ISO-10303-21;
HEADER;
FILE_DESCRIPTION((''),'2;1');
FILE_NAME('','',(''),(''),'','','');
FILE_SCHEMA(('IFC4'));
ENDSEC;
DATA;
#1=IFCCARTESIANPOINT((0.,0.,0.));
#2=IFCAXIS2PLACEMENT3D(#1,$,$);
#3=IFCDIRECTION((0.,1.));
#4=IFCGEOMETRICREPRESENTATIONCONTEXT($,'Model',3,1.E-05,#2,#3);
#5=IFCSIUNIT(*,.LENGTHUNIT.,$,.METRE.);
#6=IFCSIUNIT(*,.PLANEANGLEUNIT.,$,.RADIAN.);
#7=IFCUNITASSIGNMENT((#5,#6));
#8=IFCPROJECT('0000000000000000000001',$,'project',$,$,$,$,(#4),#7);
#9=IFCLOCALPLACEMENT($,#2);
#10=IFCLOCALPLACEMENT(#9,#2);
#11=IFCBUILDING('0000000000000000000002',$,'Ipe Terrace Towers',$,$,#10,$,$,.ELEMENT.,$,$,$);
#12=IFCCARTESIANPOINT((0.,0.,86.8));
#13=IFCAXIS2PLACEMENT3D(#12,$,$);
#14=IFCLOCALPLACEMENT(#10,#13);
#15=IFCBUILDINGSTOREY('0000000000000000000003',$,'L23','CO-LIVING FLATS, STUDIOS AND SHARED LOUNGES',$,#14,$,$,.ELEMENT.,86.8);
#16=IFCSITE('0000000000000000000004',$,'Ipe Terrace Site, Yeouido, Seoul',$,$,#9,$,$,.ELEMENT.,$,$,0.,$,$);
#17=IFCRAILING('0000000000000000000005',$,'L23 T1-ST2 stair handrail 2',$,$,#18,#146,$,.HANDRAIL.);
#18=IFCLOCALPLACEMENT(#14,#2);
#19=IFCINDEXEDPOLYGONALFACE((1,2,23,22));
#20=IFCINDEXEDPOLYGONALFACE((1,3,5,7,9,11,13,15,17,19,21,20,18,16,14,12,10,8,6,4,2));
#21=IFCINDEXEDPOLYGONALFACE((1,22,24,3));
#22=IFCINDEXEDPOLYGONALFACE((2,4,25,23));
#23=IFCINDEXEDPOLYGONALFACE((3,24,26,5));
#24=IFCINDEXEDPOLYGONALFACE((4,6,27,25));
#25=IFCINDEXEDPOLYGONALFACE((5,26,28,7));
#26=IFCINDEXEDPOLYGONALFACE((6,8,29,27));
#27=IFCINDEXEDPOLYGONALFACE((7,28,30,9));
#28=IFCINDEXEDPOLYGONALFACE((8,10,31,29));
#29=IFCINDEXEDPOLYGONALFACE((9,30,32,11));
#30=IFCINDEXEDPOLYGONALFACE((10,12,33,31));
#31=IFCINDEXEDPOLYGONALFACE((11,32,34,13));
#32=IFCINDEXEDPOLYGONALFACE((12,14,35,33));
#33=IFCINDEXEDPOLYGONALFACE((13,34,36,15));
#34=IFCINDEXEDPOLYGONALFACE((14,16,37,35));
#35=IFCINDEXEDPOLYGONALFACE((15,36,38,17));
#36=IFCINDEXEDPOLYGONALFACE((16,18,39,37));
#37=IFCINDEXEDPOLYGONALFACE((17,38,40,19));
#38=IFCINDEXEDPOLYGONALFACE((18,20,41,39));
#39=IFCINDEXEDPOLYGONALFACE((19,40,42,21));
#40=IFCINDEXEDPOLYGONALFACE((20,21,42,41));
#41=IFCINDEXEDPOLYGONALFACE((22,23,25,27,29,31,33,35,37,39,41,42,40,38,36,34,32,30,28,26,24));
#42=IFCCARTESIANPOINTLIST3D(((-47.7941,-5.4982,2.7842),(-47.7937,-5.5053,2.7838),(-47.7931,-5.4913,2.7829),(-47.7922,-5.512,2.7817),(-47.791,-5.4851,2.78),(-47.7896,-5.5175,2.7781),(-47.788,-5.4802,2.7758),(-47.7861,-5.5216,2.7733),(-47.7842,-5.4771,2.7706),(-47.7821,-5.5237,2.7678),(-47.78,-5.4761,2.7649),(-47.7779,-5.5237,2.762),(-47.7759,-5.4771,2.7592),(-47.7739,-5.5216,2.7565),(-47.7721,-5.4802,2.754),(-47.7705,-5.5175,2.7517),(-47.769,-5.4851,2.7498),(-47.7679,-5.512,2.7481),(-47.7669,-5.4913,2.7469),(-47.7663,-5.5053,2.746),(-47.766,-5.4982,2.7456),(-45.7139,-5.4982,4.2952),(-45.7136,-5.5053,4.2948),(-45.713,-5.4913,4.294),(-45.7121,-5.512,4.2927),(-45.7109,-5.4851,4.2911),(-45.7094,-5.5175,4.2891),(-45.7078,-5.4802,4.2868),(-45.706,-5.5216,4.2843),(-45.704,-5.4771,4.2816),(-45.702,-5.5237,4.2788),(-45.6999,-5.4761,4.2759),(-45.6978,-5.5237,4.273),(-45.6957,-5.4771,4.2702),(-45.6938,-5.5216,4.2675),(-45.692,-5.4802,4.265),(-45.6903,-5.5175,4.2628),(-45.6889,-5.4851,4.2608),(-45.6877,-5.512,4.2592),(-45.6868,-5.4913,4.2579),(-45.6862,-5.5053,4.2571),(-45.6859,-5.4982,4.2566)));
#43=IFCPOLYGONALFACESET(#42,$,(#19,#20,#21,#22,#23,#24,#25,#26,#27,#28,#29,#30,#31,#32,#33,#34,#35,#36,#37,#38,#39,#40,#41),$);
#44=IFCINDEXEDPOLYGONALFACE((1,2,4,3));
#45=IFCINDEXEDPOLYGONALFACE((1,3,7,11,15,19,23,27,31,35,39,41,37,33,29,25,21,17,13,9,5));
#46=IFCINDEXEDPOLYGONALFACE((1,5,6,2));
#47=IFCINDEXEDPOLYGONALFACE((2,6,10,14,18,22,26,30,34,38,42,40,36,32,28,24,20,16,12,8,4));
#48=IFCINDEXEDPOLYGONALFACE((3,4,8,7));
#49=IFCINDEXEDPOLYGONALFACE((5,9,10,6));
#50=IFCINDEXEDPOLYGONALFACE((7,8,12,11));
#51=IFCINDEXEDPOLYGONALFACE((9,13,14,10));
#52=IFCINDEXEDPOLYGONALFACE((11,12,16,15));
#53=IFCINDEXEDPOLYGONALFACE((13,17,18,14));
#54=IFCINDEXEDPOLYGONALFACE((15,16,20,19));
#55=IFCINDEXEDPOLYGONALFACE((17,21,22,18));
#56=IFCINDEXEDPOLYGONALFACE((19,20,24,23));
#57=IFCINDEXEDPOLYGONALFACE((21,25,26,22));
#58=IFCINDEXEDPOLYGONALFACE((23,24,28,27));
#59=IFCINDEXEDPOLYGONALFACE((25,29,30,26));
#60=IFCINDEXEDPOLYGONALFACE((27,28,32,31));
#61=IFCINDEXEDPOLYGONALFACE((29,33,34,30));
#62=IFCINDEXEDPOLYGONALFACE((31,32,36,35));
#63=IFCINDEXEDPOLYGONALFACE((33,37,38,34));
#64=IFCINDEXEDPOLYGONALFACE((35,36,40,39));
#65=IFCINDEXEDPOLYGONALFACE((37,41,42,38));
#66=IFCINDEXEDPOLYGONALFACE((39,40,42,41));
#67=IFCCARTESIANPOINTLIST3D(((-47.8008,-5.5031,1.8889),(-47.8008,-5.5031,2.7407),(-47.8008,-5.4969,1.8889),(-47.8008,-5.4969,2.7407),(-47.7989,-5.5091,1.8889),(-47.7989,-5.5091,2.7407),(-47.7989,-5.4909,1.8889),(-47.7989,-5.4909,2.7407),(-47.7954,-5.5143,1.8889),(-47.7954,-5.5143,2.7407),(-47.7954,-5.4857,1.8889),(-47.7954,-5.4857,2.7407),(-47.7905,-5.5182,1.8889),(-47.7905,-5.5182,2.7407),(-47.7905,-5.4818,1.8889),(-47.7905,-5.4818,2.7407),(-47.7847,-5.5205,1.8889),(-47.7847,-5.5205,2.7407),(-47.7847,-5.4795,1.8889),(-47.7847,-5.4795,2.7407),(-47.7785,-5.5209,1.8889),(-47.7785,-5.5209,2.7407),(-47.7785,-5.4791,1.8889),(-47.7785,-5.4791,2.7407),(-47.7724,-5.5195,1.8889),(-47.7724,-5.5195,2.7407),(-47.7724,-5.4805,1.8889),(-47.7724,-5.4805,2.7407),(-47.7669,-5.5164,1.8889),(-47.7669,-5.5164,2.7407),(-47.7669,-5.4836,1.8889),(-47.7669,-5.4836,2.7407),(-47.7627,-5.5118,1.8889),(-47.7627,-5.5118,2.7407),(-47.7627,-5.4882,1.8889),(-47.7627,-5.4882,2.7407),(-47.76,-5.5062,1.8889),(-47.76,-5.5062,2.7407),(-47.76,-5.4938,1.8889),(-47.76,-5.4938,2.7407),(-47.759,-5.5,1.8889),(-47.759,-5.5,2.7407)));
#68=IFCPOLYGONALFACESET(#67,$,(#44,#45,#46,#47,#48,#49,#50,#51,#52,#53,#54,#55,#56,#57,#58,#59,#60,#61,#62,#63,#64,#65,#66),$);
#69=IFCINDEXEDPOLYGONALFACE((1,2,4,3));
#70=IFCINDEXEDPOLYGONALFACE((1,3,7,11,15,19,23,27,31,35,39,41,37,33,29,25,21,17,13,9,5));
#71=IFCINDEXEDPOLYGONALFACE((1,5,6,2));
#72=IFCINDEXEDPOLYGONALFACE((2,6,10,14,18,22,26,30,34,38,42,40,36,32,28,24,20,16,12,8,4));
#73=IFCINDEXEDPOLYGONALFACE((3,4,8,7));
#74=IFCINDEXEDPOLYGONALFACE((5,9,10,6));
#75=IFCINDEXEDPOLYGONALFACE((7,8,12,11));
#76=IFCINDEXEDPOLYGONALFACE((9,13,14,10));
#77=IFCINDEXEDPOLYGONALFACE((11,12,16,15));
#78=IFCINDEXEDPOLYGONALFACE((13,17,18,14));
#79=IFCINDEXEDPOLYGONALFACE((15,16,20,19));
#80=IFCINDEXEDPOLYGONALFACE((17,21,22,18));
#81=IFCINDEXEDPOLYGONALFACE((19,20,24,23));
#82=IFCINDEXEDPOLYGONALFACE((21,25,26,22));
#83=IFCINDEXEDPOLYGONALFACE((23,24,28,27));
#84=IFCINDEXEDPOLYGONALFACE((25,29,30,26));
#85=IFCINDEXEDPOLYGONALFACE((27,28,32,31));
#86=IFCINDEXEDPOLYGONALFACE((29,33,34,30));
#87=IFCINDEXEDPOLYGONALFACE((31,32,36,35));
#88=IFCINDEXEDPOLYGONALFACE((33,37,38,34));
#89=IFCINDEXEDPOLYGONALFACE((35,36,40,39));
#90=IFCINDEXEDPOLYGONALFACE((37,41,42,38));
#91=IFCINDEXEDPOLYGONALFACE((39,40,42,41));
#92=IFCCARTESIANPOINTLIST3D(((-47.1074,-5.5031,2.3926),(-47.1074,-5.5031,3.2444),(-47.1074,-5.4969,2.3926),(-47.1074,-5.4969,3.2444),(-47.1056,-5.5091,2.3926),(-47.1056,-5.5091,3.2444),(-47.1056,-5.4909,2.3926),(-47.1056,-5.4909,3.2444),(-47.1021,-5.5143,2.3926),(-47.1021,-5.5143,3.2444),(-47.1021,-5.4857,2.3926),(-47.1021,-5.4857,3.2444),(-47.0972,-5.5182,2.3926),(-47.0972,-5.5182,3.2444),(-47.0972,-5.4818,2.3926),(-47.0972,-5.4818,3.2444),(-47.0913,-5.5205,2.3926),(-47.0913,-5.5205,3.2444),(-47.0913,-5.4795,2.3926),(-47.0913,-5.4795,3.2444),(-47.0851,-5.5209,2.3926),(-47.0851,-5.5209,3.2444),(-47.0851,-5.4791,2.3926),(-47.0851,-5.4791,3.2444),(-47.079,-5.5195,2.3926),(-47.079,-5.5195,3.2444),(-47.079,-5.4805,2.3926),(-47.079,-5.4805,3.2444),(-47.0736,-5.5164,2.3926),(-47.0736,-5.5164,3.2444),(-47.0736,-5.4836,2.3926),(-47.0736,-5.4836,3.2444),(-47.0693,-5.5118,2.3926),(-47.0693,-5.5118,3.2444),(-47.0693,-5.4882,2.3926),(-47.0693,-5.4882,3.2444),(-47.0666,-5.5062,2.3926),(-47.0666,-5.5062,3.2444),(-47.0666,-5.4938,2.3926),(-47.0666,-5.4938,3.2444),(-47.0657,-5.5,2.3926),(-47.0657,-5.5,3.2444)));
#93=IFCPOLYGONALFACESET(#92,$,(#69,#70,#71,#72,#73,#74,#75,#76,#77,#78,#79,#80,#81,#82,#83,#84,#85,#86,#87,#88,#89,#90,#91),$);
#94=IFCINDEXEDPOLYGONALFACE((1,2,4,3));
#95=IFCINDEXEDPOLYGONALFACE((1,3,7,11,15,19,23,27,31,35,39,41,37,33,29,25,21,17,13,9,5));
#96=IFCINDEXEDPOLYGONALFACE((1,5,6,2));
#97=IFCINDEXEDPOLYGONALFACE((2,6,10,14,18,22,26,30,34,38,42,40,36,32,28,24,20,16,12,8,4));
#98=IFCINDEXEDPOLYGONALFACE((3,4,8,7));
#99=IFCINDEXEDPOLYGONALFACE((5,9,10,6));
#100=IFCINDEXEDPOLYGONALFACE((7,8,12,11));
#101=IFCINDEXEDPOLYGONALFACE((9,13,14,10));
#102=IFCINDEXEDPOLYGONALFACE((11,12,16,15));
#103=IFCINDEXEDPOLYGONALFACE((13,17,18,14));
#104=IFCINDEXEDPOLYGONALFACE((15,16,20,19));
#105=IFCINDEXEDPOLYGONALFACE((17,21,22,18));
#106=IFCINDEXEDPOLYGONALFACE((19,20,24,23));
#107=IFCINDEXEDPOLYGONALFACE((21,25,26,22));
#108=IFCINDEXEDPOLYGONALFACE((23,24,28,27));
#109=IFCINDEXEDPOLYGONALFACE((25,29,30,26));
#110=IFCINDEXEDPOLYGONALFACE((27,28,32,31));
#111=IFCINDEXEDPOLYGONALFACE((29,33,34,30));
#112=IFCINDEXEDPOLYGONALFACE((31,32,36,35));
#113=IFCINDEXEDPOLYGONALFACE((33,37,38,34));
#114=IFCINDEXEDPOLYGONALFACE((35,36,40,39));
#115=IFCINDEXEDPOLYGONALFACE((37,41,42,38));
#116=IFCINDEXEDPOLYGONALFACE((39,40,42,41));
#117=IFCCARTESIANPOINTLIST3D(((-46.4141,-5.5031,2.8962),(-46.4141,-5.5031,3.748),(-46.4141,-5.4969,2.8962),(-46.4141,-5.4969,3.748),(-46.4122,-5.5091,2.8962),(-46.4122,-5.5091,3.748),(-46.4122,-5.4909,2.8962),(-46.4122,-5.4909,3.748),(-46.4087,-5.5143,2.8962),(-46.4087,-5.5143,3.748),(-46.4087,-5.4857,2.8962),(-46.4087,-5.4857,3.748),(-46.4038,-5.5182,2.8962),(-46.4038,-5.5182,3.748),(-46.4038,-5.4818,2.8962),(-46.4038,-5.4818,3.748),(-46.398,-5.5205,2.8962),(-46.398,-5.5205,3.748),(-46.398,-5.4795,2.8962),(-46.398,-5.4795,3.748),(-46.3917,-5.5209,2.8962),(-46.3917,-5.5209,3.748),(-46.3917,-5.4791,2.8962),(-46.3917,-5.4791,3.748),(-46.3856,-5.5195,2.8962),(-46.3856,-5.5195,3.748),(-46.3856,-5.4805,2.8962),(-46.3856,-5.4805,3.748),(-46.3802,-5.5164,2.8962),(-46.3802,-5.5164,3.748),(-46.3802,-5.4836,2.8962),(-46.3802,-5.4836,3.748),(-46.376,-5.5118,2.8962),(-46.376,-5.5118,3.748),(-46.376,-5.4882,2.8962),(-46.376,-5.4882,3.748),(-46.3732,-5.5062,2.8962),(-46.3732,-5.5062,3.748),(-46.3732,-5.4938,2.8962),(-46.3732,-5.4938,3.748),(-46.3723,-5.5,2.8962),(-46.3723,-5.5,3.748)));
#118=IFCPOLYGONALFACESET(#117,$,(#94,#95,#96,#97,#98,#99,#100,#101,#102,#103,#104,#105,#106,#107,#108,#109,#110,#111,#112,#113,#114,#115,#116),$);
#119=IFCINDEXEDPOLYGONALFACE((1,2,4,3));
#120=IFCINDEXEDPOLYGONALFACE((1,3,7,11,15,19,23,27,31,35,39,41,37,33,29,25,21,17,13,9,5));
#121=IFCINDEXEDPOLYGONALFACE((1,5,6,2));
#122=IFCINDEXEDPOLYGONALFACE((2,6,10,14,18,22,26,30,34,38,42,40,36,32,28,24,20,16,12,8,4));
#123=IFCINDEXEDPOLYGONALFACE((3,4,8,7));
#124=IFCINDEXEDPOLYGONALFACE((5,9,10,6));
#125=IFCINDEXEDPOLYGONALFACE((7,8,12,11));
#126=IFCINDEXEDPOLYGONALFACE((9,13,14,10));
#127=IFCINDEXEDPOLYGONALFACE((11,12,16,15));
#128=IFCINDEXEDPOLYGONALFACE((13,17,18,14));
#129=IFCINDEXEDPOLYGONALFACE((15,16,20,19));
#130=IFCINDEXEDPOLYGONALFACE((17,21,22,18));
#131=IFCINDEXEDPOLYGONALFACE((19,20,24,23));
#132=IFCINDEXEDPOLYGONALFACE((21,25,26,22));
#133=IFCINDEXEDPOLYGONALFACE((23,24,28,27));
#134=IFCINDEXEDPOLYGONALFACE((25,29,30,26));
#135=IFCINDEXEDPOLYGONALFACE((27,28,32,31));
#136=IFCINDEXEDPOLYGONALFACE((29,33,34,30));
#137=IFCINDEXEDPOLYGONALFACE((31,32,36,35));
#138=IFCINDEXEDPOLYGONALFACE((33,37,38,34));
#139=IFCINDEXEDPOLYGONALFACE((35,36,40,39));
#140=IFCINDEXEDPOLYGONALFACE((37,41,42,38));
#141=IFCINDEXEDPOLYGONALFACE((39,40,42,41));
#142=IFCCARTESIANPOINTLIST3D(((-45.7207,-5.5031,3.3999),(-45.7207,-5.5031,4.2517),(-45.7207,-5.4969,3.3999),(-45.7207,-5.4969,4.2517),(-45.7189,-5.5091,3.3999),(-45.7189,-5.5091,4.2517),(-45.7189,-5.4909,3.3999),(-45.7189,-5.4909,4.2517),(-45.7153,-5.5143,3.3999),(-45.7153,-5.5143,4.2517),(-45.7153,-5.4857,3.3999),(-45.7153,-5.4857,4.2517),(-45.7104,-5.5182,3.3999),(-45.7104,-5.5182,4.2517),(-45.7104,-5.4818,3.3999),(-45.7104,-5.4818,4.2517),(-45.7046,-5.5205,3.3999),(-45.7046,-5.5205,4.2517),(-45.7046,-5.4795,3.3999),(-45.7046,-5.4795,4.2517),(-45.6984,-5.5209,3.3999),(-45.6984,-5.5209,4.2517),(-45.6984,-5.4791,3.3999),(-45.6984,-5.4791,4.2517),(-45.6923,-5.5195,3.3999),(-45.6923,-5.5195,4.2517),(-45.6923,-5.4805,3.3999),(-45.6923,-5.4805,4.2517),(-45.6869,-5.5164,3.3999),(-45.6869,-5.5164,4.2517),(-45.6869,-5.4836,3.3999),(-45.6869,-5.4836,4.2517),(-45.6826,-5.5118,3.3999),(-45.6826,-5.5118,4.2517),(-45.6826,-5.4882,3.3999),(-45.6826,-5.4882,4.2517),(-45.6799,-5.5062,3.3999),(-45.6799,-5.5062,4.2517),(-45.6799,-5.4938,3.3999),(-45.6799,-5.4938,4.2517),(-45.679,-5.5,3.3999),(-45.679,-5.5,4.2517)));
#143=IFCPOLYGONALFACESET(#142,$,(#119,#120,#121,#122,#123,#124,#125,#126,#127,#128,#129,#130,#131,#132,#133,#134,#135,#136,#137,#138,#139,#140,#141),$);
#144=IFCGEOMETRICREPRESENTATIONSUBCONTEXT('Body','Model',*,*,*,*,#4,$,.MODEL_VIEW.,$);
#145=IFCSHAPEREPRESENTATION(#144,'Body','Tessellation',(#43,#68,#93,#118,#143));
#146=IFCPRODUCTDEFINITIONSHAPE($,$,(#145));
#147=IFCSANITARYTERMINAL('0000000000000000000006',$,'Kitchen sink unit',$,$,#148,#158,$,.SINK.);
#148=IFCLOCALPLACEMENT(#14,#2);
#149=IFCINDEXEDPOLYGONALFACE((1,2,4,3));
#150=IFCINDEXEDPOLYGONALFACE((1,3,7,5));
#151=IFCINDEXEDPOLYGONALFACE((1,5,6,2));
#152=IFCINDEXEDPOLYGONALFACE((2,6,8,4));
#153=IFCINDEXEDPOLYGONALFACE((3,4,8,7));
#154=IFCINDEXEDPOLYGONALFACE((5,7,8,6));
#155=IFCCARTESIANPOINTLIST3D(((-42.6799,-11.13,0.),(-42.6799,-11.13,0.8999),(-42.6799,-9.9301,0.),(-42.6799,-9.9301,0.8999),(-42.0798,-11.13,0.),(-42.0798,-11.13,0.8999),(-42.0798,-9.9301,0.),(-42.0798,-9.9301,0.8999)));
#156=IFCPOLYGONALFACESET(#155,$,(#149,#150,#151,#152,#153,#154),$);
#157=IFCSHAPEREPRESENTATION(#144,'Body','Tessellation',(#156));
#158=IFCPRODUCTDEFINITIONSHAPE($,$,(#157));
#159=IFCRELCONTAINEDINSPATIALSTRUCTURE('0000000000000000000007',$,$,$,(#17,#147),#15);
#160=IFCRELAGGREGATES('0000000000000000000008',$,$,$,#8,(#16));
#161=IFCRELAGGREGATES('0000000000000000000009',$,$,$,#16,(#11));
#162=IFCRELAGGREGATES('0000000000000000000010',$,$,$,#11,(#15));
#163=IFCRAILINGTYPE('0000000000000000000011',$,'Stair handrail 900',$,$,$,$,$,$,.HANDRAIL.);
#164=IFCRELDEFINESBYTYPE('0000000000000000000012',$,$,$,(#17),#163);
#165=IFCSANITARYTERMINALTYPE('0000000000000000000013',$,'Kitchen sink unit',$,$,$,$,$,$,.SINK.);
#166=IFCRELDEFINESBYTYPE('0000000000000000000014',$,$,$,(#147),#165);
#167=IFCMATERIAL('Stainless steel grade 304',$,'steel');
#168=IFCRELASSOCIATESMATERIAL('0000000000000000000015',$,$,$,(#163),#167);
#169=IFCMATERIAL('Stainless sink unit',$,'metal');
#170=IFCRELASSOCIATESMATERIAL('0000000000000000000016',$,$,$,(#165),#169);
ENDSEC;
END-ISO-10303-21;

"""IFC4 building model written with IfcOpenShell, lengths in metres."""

from ifc_helpers import new_model, si_unit, direction, frame, origin, origin_2d, place, context, subcontext, project, spatial, rectangle, circle, extrude, material, type_object, element, save


model = new_model("IFC4")

# Units and contexts
model_context = context("Model", 3, precision=1e-05, world=origin(), true_north=direction((0.0, 1.0)))
body_context = subcontext(model_context, "Body", "Model", "MODEL_VIEW")
ifc_project = project(units=[si_unit("LENGTHUNIT", "METRE"), si_unit("PLANEANGLEUNIT", "RADIAN")], contexts=[model_context])

# Site, building, storey
site_placement = place(None, origin())
site = spatial("IfcSite", under=ifc_project, at=site_placement, Name="Ipe Terrace Site, Yeouido, Seoul", CompositionType="ELEMENT", RefElevation=0.0)
building_placement = place(site_placement, origin())
building = spatial("IfcBuilding", under=site, at=building_placement, Name="Ipe Terrace Towers", CompositionType="ELEMENT")
storey_placement = place(building_placement, frame((0.0, 0.0, 86.8)))
storey = spatial("IfcBuildingStorey", under=building, at=storey_placement, Name="L23", Description="CO-LIVING FLATS, STUDIOS AND SHARED LOUNGES", CompositionType="ELEMENT", Elevation=86.8)

# Railing
ifc_material_1 = material(Name="Stainless steel grade 304", Category="steel")
railing_type_1 = type_object("IfcRailingType", Name="Stair handrail 900", PredefinedType="HANDRAIL", material=ifc_material_1)
railing_1_placement = place(storey_placement, frame((-47.78, -5.5, 1.8889)))
element("IfcRailing", 1, at=railing_1_placement, inside=storey, type_object=railing_type_1, Name="L23 T1-ST2 stair handrail 2", PredefinedType="HANDRAIL", context=body_context, shape_type="SweptSolid", body=[
    extrude(circle(Radius=0.0239, at=origin_2d()), frame((0.0, 0.0, 0.876), z_axis=(0.809069, 0.0, 0.587714), x_axis=(0.0, 1.0, 0.0)), (0.0, 0.0, 1.0), 2.571),
    extrude(circle(Radius=0.021, at=origin_2d()), origin(), (0.0, 0.0, 1.0), 0.8518),
    extrude(circle(Radius=0.021, at=origin_2d()), frame((0.6934, 0.0, 0.5037)), (0.0, 0.0, 1.0), 0.8518),
    extrude(circle(Radius=0.021, at=origin_2d()), frame((1.3867, 0.0, 1.0073)), (0.0, 0.0, 1.0), 0.8518),
    extrude(circle(Radius=0.021, at=origin_2d()), frame((2.0801, 0.0, 1.511)), (0.0, 0.0, 1.0), 0.8518),
])

# Sanitary terminal
ifc_material_2 = material(Name="Stainless sink unit", Category="metal")
sanitary_terminal_type = type_object("IfcSanitaryTerminalType", Name="Kitchen sink unit", PredefinedType="SINK", material=ifc_material_2)
sanitary_terminal_placement = place(storey_placement, frame((-42.3799, -10.53, 0.0), z_axis=(0.0, 0.0, 1.0), x_axis=(0.0, 1.0, 0.0)))
element("IfcSanitaryTerminal", 2, at=sanitary_terminal_placement, inside=storey, type_object=sanitary_terminal_type, Name="Kitchen sink unit", PredefinedType="SINK", context=body_context, shape_type="SweptSolid", body=[
    extrude(rectangle(XDim=1.2, YDim=0.6001, at=origin_2d()), origin(), (0.0, 0.0, 1.0), 0.8999),
])

save(model, "model.ifc")
